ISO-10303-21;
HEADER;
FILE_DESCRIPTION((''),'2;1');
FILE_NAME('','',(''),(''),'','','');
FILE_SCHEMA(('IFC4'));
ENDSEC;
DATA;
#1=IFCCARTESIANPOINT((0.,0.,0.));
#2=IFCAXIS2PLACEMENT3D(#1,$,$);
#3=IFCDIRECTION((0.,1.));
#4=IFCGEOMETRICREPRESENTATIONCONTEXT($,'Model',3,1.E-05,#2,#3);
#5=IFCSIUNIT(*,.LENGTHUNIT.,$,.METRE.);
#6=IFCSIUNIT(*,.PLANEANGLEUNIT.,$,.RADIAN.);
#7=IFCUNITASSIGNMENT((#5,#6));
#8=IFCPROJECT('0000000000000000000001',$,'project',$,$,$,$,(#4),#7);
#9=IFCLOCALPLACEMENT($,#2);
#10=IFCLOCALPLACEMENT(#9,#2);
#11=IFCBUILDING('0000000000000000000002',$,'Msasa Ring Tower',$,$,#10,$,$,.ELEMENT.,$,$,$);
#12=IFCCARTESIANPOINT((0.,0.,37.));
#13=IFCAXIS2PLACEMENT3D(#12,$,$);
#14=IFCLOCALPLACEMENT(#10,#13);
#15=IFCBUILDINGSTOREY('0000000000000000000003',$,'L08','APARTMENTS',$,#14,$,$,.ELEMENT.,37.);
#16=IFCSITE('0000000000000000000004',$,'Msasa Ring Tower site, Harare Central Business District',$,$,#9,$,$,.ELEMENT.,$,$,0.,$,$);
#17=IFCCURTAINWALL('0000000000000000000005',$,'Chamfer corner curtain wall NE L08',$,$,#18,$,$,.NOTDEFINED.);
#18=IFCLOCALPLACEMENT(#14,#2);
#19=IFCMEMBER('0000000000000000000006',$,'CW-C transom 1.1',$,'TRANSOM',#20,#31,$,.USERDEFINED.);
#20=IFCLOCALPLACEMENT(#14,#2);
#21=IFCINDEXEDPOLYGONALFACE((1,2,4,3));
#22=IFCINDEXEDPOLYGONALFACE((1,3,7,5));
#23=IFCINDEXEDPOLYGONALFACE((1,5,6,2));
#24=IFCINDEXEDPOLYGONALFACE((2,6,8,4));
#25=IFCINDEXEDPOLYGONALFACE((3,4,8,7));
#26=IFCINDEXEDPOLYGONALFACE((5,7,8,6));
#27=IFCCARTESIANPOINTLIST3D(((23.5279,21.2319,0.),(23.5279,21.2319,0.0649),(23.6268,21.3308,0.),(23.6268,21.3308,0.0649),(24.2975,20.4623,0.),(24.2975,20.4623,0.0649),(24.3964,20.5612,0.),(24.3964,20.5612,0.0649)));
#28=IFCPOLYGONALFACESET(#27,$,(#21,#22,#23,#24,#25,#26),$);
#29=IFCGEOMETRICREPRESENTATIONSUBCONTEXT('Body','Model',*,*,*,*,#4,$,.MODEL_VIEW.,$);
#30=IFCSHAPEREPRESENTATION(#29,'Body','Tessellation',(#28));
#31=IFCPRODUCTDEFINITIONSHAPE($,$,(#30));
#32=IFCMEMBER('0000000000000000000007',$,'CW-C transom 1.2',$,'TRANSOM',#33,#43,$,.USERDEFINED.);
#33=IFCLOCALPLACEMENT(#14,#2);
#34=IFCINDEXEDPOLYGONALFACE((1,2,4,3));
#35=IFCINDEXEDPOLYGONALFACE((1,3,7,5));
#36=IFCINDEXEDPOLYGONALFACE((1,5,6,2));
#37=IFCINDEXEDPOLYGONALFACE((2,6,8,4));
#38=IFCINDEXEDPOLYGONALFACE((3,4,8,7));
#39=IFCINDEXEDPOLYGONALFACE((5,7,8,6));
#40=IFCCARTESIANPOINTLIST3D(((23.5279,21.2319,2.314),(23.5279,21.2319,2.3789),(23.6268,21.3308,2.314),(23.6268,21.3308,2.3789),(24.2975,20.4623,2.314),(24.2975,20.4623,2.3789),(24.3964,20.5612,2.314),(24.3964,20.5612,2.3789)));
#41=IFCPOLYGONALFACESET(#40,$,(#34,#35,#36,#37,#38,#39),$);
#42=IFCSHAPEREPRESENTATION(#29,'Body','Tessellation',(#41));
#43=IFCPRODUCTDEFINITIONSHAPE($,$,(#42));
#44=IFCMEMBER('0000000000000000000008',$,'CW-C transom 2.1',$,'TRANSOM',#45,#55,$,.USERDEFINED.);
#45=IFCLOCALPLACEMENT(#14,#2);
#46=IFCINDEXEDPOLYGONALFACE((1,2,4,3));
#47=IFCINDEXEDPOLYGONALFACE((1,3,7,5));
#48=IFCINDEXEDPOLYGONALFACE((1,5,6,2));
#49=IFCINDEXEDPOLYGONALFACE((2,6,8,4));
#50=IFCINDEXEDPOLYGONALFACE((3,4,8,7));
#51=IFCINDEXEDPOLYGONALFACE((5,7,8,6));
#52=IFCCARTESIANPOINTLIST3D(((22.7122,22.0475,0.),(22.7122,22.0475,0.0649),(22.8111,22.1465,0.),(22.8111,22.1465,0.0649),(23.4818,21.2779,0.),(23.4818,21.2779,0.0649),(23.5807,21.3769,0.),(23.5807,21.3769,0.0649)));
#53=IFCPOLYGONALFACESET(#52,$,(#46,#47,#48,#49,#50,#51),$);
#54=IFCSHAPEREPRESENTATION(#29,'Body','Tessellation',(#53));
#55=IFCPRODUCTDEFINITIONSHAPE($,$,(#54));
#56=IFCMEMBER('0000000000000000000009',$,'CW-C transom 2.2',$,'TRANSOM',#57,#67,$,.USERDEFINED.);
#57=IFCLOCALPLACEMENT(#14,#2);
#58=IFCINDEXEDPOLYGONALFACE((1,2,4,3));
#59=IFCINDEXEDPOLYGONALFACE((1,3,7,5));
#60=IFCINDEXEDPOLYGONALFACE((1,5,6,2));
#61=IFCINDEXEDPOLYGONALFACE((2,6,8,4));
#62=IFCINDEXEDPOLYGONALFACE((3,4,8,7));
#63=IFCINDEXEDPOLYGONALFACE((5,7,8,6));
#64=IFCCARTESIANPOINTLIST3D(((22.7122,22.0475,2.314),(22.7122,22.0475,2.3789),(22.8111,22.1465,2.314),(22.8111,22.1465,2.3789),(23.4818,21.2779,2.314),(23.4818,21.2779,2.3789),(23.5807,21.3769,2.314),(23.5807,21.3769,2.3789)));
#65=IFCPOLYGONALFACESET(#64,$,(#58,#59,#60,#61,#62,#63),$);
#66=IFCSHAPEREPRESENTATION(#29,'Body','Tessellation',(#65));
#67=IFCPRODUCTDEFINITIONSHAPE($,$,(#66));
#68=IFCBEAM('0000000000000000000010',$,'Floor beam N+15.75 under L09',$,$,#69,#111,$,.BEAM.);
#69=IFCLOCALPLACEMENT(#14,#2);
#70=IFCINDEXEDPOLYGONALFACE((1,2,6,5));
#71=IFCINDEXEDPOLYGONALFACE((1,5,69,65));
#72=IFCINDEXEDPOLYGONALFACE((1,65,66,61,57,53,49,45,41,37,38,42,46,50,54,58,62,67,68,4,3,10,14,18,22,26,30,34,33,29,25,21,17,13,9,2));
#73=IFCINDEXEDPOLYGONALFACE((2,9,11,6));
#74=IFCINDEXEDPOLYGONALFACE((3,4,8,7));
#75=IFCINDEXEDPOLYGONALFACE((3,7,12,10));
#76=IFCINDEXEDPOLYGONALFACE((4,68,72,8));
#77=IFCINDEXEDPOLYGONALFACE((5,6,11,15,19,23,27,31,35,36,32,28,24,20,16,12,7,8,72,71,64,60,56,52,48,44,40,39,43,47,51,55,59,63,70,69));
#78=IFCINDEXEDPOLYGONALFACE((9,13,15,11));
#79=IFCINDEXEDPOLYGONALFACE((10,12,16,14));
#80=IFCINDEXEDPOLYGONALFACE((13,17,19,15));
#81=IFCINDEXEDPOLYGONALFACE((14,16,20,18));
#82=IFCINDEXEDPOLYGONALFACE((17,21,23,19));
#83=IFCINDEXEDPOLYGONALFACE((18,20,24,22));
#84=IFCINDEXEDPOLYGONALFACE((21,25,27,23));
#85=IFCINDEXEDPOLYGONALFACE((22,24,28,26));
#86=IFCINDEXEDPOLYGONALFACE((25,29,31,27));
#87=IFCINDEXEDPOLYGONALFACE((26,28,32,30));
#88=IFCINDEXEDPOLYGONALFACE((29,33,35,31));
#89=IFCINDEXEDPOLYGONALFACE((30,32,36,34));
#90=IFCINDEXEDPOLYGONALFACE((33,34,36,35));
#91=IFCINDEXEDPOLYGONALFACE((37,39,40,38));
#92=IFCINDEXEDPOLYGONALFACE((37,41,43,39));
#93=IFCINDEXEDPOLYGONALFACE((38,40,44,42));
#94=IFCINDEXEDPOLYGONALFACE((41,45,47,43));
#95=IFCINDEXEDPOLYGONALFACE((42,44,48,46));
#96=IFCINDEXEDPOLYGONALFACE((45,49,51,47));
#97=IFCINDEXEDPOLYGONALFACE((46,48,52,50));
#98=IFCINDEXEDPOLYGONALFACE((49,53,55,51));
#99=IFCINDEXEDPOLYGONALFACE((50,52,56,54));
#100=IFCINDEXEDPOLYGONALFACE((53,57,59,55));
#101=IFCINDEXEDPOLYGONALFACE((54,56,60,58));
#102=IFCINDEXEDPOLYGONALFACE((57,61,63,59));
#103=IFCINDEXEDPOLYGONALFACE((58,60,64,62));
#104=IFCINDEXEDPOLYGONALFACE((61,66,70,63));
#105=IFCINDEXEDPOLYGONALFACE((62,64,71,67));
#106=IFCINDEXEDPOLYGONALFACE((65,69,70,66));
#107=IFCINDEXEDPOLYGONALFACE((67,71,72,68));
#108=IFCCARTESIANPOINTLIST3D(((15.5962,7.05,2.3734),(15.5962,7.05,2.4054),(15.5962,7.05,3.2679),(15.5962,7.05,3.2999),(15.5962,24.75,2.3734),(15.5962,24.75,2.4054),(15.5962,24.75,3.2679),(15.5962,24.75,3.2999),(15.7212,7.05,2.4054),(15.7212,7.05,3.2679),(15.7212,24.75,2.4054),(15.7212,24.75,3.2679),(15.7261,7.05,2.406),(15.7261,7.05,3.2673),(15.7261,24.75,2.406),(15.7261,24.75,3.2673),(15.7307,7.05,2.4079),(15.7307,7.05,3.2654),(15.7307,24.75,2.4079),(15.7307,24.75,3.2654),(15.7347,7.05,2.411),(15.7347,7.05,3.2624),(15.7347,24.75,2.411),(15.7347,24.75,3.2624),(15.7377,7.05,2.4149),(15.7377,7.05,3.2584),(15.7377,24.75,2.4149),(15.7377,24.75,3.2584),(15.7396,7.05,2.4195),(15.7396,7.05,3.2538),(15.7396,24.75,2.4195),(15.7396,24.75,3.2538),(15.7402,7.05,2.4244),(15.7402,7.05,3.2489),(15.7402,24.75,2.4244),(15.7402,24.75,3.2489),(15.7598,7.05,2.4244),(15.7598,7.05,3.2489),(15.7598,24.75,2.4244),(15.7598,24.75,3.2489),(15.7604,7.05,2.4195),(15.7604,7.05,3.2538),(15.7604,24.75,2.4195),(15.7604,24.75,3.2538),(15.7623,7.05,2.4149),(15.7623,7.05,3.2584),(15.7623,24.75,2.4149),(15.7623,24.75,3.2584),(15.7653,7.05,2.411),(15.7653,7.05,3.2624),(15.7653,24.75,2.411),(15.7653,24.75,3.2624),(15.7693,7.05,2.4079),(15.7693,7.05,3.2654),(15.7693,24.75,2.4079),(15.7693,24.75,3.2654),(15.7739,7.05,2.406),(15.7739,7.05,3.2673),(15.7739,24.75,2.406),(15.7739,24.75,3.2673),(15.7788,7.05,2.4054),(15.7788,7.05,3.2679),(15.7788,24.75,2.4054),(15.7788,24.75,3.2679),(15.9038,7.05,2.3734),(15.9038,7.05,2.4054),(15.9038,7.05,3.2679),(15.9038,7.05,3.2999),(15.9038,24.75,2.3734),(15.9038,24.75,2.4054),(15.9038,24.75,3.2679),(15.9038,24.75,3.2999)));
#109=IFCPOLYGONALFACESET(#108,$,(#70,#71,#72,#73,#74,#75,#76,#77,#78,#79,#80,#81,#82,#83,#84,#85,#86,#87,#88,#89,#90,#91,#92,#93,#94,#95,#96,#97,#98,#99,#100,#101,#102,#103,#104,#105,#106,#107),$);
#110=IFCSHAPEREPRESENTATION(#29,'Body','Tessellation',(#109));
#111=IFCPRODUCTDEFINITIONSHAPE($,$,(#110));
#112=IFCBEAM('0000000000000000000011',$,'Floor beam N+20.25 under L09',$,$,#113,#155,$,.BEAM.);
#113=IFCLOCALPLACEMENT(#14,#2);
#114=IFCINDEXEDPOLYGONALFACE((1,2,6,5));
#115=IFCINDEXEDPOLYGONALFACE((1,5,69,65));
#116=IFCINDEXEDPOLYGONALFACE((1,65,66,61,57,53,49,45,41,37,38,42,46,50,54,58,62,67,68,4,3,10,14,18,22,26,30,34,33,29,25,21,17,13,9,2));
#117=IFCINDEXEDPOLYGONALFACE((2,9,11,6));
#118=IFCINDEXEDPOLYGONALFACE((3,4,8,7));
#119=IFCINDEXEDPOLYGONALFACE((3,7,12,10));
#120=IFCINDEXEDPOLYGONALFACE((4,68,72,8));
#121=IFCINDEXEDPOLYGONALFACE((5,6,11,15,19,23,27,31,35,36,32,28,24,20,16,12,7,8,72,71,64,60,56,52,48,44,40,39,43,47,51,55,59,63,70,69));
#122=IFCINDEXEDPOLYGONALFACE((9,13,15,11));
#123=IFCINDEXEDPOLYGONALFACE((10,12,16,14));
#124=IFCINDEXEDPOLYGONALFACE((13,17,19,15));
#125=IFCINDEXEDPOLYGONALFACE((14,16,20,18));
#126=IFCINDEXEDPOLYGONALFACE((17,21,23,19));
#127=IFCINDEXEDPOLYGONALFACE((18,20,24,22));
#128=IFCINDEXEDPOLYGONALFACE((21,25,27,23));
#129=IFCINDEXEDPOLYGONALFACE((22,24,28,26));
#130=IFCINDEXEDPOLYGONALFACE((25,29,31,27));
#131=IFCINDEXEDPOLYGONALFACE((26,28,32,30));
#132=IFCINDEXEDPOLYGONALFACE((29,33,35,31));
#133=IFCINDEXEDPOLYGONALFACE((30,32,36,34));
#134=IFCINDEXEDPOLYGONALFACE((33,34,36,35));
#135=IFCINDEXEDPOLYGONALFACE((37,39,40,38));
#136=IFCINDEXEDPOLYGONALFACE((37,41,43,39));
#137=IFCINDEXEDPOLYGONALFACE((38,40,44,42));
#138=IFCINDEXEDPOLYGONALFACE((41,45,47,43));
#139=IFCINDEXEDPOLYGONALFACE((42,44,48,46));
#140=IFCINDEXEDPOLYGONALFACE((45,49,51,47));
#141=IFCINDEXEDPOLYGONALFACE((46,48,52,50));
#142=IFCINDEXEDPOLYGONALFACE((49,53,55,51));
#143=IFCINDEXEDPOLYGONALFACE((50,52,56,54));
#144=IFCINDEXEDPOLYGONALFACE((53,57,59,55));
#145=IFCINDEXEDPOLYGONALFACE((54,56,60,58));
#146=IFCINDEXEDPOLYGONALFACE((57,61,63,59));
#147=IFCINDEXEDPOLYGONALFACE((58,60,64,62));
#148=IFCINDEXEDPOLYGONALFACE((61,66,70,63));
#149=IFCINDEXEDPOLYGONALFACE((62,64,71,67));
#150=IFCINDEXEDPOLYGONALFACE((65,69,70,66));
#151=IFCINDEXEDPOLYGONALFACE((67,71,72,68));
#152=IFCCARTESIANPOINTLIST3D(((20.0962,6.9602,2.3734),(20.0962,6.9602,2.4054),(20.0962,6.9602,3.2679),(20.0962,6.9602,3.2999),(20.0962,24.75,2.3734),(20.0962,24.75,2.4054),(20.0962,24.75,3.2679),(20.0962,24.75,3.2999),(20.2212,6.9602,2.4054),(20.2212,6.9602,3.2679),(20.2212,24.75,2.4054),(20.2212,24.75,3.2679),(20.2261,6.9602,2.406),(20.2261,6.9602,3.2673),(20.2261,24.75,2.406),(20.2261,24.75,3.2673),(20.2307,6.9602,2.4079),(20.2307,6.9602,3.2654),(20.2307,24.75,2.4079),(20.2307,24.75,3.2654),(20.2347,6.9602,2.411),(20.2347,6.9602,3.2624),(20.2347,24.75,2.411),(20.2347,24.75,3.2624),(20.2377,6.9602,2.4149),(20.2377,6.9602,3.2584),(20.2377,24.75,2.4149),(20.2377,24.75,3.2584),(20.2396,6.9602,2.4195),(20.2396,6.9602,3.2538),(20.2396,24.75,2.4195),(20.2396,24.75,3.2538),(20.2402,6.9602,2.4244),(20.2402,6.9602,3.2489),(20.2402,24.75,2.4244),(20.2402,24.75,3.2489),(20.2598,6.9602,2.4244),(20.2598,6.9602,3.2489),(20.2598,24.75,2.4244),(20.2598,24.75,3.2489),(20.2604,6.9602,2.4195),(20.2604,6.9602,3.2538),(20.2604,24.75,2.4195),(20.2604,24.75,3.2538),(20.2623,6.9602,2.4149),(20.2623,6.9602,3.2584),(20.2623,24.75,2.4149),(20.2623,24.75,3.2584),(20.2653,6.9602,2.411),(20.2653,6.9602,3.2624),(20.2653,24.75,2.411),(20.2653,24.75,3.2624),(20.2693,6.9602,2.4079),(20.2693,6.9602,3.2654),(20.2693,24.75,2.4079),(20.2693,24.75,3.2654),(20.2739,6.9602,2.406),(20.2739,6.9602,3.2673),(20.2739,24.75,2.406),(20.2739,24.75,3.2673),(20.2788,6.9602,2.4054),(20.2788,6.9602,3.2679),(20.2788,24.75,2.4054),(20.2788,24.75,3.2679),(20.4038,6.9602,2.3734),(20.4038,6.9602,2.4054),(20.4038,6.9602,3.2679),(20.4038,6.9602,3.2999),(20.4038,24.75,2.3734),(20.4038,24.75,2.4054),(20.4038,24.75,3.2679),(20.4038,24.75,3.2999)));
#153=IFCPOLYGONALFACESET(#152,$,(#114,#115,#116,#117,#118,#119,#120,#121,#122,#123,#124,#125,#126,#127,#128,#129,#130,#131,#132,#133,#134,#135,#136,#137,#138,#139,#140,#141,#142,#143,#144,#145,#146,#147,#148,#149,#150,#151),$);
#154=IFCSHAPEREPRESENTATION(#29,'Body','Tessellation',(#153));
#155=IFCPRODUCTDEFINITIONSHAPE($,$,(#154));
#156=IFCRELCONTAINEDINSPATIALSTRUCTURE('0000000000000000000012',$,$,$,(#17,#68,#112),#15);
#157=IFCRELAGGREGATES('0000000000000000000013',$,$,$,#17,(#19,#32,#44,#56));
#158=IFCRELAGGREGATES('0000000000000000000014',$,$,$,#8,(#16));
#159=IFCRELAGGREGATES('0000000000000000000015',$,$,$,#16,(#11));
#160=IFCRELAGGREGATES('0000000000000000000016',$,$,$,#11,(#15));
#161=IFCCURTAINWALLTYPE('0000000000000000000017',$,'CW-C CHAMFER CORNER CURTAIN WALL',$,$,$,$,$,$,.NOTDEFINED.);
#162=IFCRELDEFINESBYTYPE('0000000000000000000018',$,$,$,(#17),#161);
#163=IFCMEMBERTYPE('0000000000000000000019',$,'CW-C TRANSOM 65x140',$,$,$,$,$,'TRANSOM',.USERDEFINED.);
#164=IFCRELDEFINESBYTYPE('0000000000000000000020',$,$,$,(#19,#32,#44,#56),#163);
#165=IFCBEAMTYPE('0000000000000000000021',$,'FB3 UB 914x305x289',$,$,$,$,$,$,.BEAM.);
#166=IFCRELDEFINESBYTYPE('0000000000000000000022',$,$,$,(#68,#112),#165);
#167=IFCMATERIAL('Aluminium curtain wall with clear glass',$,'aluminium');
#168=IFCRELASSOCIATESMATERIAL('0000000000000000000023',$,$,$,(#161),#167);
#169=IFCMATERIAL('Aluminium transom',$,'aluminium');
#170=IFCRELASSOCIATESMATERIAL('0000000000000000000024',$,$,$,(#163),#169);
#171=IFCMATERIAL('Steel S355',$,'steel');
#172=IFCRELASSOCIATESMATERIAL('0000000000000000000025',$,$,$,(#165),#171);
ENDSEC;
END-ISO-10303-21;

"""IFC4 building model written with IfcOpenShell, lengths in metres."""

from ifc_helpers import new_model, si_unit, direction, frame, origin, origin_2d, place, context, subcontext, project, spatial, rectangle, i_section, extrude, material, material_profile, profile_set, type_object, element, aggregate, save


model = new_model("IFC4")

# Units and contexts
model_context = context("Model", 3, precision=1e-05, world=origin(), true_north=direction((0.0, 1.0)))
body_context = subcontext(model_context, "Body", "Model", "MODEL_VIEW")
ifc_project = project(units=[si_unit("LENGTHUNIT", "METRE"), si_unit("PLANEANGLEUNIT", "RADIAN")], contexts=[model_context])

# Site, building, storey
site_placement = place(None, origin())
site = spatial("IfcSite", under=ifc_project, at=site_placement, Name="Msasa Ring Tower site, Harare Central Business District", CompositionType="ELEMENT", RefElevation=0.0)
building_placement = place(site_placement, origin())
building = spatial("IfcBuilding", under=site, at=building_placement, Name="Msasa Ring Tower", CompositionType="ELEMENT")
storey_placement = place(building_placement, frame((0.0, 0.0, 37.0)))
storey = spatial("IfcBuildingStorey", under=building, at=storey_placement, Name="L08", Description="APARTMENTS", CompositionType="ELEMENT", Elevation=37.0)

# Curtain wall
ifc_material_1 = material(Name="Aluminium curtain wall with clear glass", Category="aluminium")
curtain_wall_type = type_object("IfcCurtainWallType", Name="CW-C CHAMFER CORNER CURTAIN WALL", PredefinedType="NOTDEFINED", material=ifc_material_1)
curtain_wall_1_placement = place(storey_placement, origin())
curtain_wall_1 = element("IfcCurtainWall", 1, at=curtain_wall_1_placement, inside=storey, type_object=curtain_wall_type, Name="Chamfer corner curtain wall NE L08", PredefinedType="NOTDEFINED")

# Members
ifc_material_2 = material(Name="Aluminium transom", Category="aluminium")
ifc_material_profile_1 = material_profile(ifc_material_2, rectangle(XDim=0.1399, YDim=0.0649, at=origin_2d()), Name="AL 65x140")
ifc_profile_set_1 = profile_set([ifc_material_profile_1], Name="Aluminium transom")
member_type_1 = type_object("IfcMemberType", Name="CW-C TRANSOM 65x140", ElementType="TRANSOM", PredefinedType="USERDEFINED", material=ifc_profile_set_1)
member_1_placement = place(storey_placement, frame((24.3469, 20.5117, 0.0325), z_axis=(-0.707107, 0.707107, 0.0), x_axis=(-0.707107, -0.707107, 0.0)))
member_1 = element("IfcMember", 2, at=member_1_placement, type_object=member_type_1, Name="CW-C transom 1.1", ObjectType="TRANSOM", PredefinedType="USERDEFINED", context=body_context, shape_type="SweptSolid", body=[
    extrude(rectangle(XDim=0.1399, YDim=0.0649, at=origin_2d()), origin(), (0.0, 0.0, 1.0), 1.0884),
])
member_2_placement = place(storey_placement, frame((24.3469, 20.5117, 2.3464), z_axis=(-0.707107, 0.707107, 0.0), x_axis=(-0.707107, -0.707107, 0.0)))
member_2 = element("IfcMember", 3, at=member_2_placement, type_object=member_type_1, Name="CW-C transom 1.2", ObjectType="TRANSOM", PredefinedType="USERDEFINED", context=body_context, shape_type="SweptSolid", body=[
    extrude(rectangle(XDim=0.1399, YDim=0.0649, at=origin_2d()), origin(), (0.0, 0.0, 1.0), 1.0884),
])
member_3_placement = place(storey_placement, frame((23.5312, 21.3274, 0.0325), z_axis=(-0.707107, 0.707107, 0.0), x_axis=(-0.707107, -0.707107, 0.0)))
member_3 = element("IfcMember", 4, at=member_3_placement, type_object=member_type_1, Name="CW-C transom 2.1", ObjectType="TRANSOM", PredefinedType="USERDEFINED", context=body_context, shape_type="SweptSolid", body=[
    extrude(rectangle(XDim=0.1399, YDim=0.0649, at=origin_2d()), origin(), (0.0, 0.0, 1.0), 1.0884),
])
member_4_placement = place(storey_placement, frame((23.5312, 21.3274, 2.3464), z_axis=(-0.707107, 0.707107, 0.0), x_axis=(-0.707107, -0.707107, 0.0)))
member_4 = element("IfcMember", 5, at=member_4_placement, type_object=member_type_1, Name="CW-C transom 2.2", ObjectType="TRANSOM", PredefinedType="USERDEFINED", context=body_context, shape_type="SweptSolid", body=[
    extrude(rectangle(XDim=0.1399, YDim=0.0649, at=origin_2d()), origin(), (0.0, 0.0, 1.0), 1.0884),
])

# Beams
ifc_material_3 = material(Name="Steel S355", Category="steel")
ifc_material_profile_2 = material_profile(ifc_material_3, i_section(OverallWidth=0.3076, OverallDepth=0.9265, WebThickness=0.0195, FlangeThickness=0.032, FilletRadius=0.019, at=origin_2d()), Name="UB 914x305x289")
ifc_profile_set_2 = profile_set([ifc_material_profile_2], Name="Steel S355")
beam_type_1 = type_object("IfcBeamType", Name="FB3 UB 914x305x289", PredefinedType="BEAM", material=ifc_profile_set_2)
beam_1_placement = place(storey_placement, frame((15.75, 24.75, 2.8367), z_axis=(0.0, -1.0, 0.0), x_axis=(1.0, 0.0, 0.0)))
element("IfcBeam", 6, at=beam_1_placement, inside=storey, type_object=beam_type_1, Name="Floor beam N+15.75 under L09", PredefinedType="BEAM", context=body_context, shape_type="SweptSolid", body=[
    extrude(i_section(OverallWidth=0.3076, OverallDepth=0.9265, WebThickness=0.0195, FlangeThickness=0.032, FilletRadius=0.019, at=origin_2d()), origin(), (0.0, 0.0, 1.0), 17.7),
])
beam_2_placement = place(storey_placement, frame((20.25, 24.75, 2.8367), z_axis=(0.0, -1.0, 0.0), x_axis=(1.0, 0.0, 0.0)))
element("IfcBeam", 7, at=beam_2_placement, inside=storey, type_object=beam_type_1, Name="Floor beam N+20.25 under L09", PredefinedType="BEAM", context=body_context, shape_type="SweptSolid", body=[
    extrude(i_section(OverallWidth=0.3076, OverallDepth=0.9265, WebThickness=0.0195, FlangeThickness=0.032, FilletRadius=0.019, at=origin_2d()), origin(), (0.0, 0.0, 1.0), 17.7898),
])

aggregate(curtain_wall_1, [member_1, member_2, member_3, member_4])

save(model, "model.ifc")
